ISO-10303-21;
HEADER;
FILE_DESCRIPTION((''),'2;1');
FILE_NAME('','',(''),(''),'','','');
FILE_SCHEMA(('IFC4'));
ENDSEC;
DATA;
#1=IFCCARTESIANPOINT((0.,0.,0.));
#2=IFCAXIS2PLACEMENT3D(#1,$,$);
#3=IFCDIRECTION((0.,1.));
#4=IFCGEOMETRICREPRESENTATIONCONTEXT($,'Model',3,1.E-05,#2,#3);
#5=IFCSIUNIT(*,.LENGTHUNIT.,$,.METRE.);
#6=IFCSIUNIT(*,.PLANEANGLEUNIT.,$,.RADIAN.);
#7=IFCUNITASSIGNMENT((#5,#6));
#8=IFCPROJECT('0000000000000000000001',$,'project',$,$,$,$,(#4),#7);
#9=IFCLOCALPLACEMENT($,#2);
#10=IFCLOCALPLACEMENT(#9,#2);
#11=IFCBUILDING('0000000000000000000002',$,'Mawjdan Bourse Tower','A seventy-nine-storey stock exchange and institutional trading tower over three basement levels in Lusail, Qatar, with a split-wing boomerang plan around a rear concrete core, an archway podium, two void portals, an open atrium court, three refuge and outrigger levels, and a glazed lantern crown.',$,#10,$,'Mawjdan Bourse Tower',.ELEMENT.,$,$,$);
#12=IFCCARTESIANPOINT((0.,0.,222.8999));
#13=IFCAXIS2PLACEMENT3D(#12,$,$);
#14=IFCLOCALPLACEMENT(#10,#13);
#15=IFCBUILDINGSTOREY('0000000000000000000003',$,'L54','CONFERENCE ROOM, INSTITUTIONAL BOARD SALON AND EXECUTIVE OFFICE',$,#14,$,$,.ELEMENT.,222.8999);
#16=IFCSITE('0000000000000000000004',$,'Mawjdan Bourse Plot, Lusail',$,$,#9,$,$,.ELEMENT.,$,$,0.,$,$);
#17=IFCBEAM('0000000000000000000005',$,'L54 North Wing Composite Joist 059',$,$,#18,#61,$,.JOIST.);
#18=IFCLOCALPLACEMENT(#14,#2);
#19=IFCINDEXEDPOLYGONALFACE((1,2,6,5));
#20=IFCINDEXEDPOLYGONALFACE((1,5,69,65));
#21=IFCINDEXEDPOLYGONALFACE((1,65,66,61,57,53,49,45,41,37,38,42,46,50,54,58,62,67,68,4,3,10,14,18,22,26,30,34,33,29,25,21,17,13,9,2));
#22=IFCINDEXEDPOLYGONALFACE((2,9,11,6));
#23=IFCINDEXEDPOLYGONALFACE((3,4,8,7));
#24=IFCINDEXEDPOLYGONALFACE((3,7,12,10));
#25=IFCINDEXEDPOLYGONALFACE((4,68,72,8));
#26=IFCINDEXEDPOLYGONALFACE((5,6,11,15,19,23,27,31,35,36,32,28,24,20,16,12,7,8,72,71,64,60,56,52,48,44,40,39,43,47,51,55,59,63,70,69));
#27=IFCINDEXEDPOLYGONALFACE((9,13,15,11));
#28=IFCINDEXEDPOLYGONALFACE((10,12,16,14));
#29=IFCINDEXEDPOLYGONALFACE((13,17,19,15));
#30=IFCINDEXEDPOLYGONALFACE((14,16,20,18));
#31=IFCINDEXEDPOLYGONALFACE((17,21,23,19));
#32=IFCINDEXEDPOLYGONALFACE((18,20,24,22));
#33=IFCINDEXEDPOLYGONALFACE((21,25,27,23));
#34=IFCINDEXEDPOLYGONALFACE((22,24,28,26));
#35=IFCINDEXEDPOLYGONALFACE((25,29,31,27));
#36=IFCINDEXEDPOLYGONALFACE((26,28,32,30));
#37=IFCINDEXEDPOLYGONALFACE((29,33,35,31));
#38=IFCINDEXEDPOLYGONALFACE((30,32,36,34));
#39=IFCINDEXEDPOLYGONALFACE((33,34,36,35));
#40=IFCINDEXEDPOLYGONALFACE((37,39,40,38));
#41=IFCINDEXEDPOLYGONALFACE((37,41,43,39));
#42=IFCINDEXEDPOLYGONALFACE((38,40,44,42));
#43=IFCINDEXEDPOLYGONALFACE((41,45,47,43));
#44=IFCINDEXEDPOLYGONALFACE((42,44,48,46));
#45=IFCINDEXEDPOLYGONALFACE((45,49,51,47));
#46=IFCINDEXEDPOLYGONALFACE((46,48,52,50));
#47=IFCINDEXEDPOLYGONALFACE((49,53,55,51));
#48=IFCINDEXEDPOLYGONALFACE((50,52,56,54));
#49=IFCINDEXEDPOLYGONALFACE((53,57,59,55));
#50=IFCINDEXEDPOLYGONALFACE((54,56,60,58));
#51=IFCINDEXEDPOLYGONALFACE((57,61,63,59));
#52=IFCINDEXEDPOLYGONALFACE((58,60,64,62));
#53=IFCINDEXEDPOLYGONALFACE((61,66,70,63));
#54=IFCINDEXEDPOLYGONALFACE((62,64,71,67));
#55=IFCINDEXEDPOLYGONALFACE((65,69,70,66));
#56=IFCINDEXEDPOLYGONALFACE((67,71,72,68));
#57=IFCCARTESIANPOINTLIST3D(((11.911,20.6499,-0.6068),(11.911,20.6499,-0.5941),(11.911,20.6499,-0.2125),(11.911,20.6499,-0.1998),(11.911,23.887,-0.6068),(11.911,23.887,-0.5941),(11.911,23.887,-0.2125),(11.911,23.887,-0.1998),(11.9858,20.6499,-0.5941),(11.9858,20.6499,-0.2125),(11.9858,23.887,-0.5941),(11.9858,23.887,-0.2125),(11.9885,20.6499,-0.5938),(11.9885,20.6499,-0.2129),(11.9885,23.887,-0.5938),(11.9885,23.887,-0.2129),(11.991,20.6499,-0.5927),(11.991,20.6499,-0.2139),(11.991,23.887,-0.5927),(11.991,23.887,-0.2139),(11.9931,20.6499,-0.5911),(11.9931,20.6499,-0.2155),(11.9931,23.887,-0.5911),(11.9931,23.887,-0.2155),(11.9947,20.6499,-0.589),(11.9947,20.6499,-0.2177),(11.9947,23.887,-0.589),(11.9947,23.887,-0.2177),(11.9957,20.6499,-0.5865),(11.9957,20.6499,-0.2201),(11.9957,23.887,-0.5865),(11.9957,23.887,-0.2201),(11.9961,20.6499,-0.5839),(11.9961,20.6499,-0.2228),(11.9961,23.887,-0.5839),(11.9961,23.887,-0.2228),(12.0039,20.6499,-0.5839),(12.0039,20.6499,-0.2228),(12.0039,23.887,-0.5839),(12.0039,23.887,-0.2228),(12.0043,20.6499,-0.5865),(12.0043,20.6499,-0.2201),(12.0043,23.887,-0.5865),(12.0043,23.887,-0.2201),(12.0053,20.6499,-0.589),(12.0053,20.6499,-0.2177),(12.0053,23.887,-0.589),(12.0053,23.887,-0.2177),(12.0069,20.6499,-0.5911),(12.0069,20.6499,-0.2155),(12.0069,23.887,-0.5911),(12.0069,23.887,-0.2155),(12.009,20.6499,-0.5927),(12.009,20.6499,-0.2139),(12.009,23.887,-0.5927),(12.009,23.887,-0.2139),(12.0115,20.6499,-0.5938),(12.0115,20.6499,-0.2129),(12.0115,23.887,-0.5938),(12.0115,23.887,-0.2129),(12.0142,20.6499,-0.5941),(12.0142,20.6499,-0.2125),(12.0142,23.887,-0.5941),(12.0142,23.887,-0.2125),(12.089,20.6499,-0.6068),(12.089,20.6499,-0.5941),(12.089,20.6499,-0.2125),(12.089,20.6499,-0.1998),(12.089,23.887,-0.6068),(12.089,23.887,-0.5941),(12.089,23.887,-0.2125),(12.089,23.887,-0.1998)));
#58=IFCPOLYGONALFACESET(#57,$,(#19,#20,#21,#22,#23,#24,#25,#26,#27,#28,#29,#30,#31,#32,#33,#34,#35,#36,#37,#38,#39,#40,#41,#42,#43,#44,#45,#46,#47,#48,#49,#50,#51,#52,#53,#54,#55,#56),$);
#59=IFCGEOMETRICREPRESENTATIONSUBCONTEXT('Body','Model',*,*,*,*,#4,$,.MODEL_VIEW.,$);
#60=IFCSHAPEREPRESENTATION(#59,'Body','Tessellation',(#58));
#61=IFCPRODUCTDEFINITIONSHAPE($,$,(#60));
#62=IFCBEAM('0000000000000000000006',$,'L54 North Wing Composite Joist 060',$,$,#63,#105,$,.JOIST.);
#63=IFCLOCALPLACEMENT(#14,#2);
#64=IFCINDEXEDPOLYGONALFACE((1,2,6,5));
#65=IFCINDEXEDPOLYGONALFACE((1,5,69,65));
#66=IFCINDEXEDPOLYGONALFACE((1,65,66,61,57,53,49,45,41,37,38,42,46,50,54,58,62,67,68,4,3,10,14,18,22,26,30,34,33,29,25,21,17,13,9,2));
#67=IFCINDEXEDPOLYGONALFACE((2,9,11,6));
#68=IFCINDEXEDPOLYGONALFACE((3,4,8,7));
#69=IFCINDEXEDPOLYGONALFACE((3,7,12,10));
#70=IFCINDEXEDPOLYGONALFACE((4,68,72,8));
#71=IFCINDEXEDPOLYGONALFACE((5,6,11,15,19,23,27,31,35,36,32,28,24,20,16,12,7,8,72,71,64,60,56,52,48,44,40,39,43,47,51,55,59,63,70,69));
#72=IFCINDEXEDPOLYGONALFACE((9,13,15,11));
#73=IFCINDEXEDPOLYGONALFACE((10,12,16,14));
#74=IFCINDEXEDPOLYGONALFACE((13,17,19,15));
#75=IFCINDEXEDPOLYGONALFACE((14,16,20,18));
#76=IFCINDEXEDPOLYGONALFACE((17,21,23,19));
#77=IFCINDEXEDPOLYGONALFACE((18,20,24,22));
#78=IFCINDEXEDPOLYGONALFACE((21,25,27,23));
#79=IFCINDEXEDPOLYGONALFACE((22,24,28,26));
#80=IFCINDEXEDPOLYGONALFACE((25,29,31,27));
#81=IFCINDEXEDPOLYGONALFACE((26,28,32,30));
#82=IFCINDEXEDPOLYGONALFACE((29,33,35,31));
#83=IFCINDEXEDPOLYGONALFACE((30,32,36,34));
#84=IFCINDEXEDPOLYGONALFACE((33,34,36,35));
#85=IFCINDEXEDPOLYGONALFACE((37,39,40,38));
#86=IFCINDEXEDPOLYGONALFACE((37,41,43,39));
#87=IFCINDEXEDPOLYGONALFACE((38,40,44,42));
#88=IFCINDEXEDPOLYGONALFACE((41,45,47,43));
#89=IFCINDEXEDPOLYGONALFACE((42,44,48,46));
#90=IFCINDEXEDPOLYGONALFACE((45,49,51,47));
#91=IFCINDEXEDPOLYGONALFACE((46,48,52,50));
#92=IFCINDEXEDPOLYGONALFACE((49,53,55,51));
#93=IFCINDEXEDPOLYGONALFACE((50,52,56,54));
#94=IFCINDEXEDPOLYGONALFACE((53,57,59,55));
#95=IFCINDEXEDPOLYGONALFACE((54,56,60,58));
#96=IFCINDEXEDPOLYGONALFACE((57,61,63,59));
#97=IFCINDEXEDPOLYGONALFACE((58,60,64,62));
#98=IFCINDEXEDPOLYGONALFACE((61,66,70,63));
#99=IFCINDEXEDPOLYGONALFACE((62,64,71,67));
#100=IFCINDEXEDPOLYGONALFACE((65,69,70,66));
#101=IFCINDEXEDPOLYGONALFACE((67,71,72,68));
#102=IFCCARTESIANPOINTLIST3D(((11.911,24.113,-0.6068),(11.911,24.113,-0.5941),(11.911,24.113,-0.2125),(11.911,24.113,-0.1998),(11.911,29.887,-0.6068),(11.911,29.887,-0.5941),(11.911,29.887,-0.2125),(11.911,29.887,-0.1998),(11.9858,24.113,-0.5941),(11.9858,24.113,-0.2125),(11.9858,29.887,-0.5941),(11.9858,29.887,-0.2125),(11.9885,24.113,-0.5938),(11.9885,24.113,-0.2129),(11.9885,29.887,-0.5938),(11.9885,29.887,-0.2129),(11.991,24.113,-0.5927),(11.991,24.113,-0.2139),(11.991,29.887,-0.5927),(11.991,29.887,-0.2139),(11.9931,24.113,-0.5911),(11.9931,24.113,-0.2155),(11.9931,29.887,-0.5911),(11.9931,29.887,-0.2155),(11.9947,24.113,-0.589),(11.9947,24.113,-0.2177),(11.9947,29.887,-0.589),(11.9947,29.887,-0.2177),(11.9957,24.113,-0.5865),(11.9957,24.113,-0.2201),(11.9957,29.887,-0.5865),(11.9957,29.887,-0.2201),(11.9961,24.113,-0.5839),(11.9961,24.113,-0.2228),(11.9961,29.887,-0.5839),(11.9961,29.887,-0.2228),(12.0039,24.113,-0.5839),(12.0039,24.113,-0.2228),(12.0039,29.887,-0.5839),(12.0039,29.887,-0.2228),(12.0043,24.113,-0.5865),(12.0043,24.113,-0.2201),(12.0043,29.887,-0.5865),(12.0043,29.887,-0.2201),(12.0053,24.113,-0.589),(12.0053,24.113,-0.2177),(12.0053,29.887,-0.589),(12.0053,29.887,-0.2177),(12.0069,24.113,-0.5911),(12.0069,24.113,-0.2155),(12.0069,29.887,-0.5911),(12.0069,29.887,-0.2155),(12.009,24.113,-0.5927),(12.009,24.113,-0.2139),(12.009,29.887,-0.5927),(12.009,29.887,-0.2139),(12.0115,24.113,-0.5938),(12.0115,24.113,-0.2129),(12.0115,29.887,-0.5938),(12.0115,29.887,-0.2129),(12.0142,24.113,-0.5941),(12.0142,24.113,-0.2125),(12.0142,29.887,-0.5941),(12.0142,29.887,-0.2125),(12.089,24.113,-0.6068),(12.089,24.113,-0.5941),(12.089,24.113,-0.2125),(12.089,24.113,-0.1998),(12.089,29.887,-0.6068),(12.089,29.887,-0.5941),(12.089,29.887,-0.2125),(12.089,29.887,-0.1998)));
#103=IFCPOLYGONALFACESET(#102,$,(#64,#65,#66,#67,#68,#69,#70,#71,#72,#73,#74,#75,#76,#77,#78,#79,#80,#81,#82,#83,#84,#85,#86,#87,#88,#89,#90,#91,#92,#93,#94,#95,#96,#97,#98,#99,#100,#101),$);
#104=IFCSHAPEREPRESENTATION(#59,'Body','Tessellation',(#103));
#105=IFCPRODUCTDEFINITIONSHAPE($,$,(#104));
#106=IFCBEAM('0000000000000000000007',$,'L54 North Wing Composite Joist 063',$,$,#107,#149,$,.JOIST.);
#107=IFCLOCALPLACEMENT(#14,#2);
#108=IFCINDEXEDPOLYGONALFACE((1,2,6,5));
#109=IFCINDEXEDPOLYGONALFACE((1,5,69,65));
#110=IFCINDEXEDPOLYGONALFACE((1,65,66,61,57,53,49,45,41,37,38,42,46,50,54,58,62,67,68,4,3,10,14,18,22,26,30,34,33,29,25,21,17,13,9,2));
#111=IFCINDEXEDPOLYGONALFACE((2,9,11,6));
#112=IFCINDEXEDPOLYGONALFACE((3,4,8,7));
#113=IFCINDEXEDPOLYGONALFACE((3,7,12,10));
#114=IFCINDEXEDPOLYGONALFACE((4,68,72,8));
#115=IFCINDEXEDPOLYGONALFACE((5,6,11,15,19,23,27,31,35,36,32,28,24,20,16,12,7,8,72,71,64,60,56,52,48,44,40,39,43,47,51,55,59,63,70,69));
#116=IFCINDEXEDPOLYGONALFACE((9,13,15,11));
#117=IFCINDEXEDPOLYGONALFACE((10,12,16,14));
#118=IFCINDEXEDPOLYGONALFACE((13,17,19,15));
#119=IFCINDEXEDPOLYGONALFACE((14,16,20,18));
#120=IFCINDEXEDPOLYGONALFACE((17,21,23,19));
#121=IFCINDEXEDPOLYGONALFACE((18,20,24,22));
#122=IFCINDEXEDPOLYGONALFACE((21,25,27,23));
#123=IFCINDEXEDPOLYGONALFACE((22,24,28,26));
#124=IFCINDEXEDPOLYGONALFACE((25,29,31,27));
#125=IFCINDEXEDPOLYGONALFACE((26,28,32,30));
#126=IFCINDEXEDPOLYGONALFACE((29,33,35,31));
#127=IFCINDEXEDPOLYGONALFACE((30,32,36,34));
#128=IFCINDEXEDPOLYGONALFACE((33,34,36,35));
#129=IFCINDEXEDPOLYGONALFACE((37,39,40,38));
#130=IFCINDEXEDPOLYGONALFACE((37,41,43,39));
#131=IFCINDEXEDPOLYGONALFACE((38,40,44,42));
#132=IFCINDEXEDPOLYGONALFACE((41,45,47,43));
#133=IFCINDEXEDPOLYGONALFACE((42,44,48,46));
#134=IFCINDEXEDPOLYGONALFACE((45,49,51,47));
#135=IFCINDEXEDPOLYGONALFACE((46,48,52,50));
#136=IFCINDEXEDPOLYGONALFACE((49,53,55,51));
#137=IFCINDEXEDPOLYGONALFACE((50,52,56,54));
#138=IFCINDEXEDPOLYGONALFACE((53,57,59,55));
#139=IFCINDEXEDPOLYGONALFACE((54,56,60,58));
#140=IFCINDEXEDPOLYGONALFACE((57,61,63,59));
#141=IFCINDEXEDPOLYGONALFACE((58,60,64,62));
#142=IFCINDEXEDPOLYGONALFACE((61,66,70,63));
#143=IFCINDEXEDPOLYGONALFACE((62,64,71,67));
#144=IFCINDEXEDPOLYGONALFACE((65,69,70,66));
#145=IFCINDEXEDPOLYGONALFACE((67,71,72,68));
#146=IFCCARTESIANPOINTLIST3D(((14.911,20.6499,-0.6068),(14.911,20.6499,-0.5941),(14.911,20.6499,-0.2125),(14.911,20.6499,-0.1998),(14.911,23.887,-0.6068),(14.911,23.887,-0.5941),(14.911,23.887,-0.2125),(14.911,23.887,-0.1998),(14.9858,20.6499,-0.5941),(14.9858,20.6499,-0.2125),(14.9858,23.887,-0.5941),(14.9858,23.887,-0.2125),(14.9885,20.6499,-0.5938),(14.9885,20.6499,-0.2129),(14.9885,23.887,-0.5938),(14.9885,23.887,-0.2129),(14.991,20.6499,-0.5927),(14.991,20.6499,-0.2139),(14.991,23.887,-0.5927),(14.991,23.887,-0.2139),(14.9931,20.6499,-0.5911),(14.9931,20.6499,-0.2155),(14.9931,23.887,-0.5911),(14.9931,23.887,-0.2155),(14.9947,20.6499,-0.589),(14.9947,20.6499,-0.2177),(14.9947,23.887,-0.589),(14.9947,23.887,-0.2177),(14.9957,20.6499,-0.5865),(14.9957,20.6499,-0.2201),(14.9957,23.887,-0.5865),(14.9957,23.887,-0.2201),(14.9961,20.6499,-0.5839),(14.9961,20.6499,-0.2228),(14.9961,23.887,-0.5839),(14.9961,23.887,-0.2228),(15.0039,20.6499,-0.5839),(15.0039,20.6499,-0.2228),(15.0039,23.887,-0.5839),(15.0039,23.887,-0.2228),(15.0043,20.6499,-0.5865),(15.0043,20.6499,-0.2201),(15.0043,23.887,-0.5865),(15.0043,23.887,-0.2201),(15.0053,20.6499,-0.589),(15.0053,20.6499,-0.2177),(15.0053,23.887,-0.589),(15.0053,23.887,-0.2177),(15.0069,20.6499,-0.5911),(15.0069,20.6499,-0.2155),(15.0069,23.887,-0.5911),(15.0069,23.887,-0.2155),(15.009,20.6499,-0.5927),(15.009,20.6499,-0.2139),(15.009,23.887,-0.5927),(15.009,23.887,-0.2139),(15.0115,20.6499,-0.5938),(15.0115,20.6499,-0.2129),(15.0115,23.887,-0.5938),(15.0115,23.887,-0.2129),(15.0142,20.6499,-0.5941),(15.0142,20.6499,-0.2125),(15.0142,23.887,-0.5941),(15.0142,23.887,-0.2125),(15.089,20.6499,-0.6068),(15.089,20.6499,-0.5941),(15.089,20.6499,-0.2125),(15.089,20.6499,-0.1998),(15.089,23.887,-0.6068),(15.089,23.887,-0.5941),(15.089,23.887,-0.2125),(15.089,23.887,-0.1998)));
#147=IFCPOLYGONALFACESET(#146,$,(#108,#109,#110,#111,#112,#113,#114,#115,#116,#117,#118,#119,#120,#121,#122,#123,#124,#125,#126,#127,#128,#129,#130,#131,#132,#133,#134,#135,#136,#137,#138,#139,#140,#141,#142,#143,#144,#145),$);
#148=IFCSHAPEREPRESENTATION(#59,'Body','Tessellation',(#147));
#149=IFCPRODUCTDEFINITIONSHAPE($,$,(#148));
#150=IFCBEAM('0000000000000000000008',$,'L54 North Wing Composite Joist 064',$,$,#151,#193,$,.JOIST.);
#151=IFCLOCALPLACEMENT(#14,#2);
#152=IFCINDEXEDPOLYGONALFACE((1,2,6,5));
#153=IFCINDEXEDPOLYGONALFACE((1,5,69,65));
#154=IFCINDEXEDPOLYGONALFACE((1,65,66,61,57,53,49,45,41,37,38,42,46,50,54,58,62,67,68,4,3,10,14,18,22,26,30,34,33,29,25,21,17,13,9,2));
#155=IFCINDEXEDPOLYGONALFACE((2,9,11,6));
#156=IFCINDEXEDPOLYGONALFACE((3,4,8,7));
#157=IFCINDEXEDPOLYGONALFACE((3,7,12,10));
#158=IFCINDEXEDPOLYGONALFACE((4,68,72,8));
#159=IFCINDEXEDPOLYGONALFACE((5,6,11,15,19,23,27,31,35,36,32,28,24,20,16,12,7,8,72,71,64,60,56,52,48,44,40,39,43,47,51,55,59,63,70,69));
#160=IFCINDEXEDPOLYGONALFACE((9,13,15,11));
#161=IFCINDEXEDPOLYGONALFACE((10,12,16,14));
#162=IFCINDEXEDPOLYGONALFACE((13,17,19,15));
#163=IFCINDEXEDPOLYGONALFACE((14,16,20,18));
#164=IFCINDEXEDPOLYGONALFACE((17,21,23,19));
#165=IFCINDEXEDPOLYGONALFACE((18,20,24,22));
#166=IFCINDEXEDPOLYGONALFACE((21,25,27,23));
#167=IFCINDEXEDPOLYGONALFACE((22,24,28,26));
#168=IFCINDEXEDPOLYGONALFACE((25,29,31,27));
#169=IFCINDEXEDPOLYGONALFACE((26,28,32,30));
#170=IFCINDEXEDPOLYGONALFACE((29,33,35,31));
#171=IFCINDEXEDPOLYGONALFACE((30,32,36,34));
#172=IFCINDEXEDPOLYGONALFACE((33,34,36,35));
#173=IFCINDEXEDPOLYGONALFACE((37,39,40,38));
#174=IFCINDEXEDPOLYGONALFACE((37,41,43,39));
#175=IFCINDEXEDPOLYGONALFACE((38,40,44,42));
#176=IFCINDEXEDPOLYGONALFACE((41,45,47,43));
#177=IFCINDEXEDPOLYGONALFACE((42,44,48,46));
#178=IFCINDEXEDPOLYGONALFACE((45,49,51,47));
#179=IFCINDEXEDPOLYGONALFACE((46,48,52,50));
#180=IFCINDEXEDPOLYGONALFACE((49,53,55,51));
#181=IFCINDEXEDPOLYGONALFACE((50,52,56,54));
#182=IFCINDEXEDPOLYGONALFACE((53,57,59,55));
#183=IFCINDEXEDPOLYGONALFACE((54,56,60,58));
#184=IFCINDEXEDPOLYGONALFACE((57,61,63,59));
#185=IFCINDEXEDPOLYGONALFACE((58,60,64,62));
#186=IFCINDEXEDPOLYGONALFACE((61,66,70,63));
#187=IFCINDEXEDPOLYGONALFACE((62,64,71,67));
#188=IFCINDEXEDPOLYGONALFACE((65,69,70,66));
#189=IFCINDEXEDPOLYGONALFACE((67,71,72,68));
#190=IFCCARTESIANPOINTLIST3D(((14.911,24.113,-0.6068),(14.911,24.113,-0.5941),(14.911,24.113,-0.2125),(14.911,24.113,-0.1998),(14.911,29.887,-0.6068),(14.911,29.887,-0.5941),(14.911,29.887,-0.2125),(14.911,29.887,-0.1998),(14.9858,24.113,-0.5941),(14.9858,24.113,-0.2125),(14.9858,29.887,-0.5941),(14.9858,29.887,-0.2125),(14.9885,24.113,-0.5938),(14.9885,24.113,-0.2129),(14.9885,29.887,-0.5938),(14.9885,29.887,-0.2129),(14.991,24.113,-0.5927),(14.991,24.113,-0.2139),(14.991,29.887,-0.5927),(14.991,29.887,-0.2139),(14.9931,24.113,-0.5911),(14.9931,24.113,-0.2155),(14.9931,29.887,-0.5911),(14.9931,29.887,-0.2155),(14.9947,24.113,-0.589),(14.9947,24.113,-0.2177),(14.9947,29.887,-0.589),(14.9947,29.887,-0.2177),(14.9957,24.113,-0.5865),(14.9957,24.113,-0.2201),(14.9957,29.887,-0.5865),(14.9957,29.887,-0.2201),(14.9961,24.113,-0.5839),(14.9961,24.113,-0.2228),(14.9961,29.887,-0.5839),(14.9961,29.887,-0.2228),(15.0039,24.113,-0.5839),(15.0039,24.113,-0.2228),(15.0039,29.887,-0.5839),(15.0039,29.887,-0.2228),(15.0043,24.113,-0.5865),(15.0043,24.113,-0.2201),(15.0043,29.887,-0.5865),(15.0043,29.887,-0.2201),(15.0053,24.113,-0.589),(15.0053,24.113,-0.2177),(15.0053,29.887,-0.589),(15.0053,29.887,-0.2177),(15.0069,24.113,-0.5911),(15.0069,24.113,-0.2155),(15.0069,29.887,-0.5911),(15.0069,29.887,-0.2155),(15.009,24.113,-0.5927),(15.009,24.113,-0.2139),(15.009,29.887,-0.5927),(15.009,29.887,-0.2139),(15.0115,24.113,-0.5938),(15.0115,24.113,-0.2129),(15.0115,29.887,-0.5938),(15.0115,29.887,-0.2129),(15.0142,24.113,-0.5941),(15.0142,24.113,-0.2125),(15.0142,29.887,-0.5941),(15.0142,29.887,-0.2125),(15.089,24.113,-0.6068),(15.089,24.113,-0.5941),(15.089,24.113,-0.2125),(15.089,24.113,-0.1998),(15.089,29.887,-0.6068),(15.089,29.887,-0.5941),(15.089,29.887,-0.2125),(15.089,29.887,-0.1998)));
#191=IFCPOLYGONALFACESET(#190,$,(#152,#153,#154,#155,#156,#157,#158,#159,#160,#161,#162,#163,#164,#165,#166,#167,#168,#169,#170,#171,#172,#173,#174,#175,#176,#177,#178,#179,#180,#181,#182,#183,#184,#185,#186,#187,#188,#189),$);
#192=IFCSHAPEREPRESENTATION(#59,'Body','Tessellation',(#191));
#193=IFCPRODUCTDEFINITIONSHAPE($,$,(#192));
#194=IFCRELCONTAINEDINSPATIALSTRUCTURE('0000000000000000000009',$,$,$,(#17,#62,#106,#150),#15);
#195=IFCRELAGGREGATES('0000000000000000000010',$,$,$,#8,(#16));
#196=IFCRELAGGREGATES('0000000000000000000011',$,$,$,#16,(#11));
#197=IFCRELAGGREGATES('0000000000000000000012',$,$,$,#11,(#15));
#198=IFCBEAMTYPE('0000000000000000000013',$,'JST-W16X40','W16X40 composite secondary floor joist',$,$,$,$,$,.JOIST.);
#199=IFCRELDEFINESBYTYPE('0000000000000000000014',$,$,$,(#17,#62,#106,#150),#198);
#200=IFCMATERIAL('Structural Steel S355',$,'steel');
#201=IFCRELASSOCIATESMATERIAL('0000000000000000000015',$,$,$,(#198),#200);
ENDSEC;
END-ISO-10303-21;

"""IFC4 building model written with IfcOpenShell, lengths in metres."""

from ifc_helpers import new_model, si_unit, direction, frame, origin, origin_2d, place, context, subcontext, project, spatial, i_section, extrude, material, material_profile, profile_set, type_object, element, save


model = new_model("IFC4")

# Units and contexts
model_context = context("Model", 3, precision=1e-05, world=origin(), true_north=direction((0.0, 1.0)))
body_context = subcontext(model_context, "Body", "Model", "MODEL_VIEW")
ifc_project = project(units=[si_unit("LENGTHUNIT", "METRE"), si_unit("PLANEANGLEUNIT", "RADIAN")], contexts=[model_context])

# Site, building, storey
site_placement = place(None, origin())
site = spatial("IfcSite", under=ifc_project, at=site_placement, Name="Mawjdan Bourse Plot, Lusail", CompositionType="ELEMENT", RefElevation=0.0)
building_placement = place(site_placement, origin())
building = spatial("IfcBuilding", under=site, at=building_placement, Name="Mawjdan Bourse Tower", Description="A seventy-nine-storey stock exchange and institutional trading tower over three basement levels in Lusail, Qatar, with a split-wing boomerang plan around a rear concrete core, an archway podium, two void portals, an open atrium court, three refuge and outrigger levels, and a glazed lantern crown.", LongName="Mawjdan Bourse Tower", CompositionType="ELEMENT")
storey_placement = place(building_placement, frame((0.0, 0.0, 222.8999)))
storey = spatial("IfcBuildingStorey", under=building, at=storey_placement, Name="L54", Description="CONFERENCE ROOM, INSTITUTIONAL BOARD SALON AND EXECUTIVE OFFICE", CompositionType="ELEMENT", Elevation=222.8999)

# Beams
ifc_material_1 = material(Name="Structural Steel S355", Category="steel")
ifc_material_profile_1 = material_profile(ifc_material_1, i_section(OverallWidth=0.178, OverallDepth=0.407, WebThickness=0.0078, FlangeThickness=0.0127, FilletRadius=0.0103, at=origin_2d()), Name="W16X40")
ifc_profile_set_1 = profile_set([ifc_material_profile_1], Name="Structural Steel S355")
beam_type_1 = type_object("IfcBeamType", Name="JST-W16X40", Description="W16X40 composite secondary floor joist", PredefinedType="JOIST", material=ifc_profile_set_1)
beam_1_placement = place(storey_placement, frame((12.0, 20.6499, -0.4033), z_axis=(0.0, 1.0, 0.0), x_axis=(-1.0, 0.0, 0.0)))
element("IfcBeam", 1, at=beam_1_placement, inside=storey, type_object=beam_type_1, Name="L54 North Wing Composite Joist 059", PredefinedType="JOIST", context=body_context, shape_type="SweptSolid", body=[
    extrude(i_section(OverallWidth=0.178, OverallDepth=0.407, WebThickness=0.0078, FlangeThickness=0.0127, FilletRadius=0.0103, at=origin_2d()), origin(), (0.0, 0.0, 1.0), 3.2371),
])
beam_2_placement = place(storey_placement, frame((12.0, 24.113, -0.4033), z_axis=(0.0, 1.0, 0.0), x_axis=(-1.0, 0.0, 0.0)))
element("IfcBeam", 2, at=beam_2_placement, inside=storey, type_object=beam_type_1, Name="L54 North Wing Composite Joist 060", PredefinedType="JOIST", context=body_context, shape_type="SweptSolid", body=[
    extrude(i_section(OverallWidth=0.178, OverallDepth=0.407, WebThickness=0.0078, FlangeThickness=0.0127, FilletRadius=0.0103, at=origin_2d()), origin(), (0.0, 0.0, 1.0), 5.7739),
])
beam_3_placement = place(storey_placement, frame((15.0, 20.6499, -0.4033), z_axis=(0.0, 1.0, 0.0), x_axis=(-1.0, 0.0, 0.0)))
element("IfcBeam", 3, at=beam_3_placement, inside=storey, type_object=beam_type_1, Name="L54 North Wing Composite Joist 063", PredefinedType="JOIST", context=body_context, shape_type="SweptSolid", body=[
    extrude(i_section(OverallWidth=0.178, OverallDepth=0.407, WebThickness=0.0078, FlangeThickness=0.0127, FilletRadius=0.0103, at=origin_2d()), origin(), (0.0, 0.0, 1.0), 3.2371),
])
beam_4_placement = place(storey_placement, frame((15.0, 24.113, -0.4033), z_axis=(0.0, 1.0, 0.0), x_axis=(-1.0, 0.0, 0.0)))
element("IfcBeam", 4, at=beam_4_placement, inside=storey, type_object=beam_type_1, Name="L54 North Wing Composite Joist 064", PredefinedType="JOIST", context=body_context, shape_type="SweptSolid", body=[
    extrude(i_section(OverallWidth=0.178, OverallDepth=0.407, WebThickness=0.0078, FlangeThickness=0.0127, FilletRadius=0.0103, at=origin_2d()), origin(), (0.0, 0.0, 1.0), 5.7739),
])

save(model, "model.ifc")
